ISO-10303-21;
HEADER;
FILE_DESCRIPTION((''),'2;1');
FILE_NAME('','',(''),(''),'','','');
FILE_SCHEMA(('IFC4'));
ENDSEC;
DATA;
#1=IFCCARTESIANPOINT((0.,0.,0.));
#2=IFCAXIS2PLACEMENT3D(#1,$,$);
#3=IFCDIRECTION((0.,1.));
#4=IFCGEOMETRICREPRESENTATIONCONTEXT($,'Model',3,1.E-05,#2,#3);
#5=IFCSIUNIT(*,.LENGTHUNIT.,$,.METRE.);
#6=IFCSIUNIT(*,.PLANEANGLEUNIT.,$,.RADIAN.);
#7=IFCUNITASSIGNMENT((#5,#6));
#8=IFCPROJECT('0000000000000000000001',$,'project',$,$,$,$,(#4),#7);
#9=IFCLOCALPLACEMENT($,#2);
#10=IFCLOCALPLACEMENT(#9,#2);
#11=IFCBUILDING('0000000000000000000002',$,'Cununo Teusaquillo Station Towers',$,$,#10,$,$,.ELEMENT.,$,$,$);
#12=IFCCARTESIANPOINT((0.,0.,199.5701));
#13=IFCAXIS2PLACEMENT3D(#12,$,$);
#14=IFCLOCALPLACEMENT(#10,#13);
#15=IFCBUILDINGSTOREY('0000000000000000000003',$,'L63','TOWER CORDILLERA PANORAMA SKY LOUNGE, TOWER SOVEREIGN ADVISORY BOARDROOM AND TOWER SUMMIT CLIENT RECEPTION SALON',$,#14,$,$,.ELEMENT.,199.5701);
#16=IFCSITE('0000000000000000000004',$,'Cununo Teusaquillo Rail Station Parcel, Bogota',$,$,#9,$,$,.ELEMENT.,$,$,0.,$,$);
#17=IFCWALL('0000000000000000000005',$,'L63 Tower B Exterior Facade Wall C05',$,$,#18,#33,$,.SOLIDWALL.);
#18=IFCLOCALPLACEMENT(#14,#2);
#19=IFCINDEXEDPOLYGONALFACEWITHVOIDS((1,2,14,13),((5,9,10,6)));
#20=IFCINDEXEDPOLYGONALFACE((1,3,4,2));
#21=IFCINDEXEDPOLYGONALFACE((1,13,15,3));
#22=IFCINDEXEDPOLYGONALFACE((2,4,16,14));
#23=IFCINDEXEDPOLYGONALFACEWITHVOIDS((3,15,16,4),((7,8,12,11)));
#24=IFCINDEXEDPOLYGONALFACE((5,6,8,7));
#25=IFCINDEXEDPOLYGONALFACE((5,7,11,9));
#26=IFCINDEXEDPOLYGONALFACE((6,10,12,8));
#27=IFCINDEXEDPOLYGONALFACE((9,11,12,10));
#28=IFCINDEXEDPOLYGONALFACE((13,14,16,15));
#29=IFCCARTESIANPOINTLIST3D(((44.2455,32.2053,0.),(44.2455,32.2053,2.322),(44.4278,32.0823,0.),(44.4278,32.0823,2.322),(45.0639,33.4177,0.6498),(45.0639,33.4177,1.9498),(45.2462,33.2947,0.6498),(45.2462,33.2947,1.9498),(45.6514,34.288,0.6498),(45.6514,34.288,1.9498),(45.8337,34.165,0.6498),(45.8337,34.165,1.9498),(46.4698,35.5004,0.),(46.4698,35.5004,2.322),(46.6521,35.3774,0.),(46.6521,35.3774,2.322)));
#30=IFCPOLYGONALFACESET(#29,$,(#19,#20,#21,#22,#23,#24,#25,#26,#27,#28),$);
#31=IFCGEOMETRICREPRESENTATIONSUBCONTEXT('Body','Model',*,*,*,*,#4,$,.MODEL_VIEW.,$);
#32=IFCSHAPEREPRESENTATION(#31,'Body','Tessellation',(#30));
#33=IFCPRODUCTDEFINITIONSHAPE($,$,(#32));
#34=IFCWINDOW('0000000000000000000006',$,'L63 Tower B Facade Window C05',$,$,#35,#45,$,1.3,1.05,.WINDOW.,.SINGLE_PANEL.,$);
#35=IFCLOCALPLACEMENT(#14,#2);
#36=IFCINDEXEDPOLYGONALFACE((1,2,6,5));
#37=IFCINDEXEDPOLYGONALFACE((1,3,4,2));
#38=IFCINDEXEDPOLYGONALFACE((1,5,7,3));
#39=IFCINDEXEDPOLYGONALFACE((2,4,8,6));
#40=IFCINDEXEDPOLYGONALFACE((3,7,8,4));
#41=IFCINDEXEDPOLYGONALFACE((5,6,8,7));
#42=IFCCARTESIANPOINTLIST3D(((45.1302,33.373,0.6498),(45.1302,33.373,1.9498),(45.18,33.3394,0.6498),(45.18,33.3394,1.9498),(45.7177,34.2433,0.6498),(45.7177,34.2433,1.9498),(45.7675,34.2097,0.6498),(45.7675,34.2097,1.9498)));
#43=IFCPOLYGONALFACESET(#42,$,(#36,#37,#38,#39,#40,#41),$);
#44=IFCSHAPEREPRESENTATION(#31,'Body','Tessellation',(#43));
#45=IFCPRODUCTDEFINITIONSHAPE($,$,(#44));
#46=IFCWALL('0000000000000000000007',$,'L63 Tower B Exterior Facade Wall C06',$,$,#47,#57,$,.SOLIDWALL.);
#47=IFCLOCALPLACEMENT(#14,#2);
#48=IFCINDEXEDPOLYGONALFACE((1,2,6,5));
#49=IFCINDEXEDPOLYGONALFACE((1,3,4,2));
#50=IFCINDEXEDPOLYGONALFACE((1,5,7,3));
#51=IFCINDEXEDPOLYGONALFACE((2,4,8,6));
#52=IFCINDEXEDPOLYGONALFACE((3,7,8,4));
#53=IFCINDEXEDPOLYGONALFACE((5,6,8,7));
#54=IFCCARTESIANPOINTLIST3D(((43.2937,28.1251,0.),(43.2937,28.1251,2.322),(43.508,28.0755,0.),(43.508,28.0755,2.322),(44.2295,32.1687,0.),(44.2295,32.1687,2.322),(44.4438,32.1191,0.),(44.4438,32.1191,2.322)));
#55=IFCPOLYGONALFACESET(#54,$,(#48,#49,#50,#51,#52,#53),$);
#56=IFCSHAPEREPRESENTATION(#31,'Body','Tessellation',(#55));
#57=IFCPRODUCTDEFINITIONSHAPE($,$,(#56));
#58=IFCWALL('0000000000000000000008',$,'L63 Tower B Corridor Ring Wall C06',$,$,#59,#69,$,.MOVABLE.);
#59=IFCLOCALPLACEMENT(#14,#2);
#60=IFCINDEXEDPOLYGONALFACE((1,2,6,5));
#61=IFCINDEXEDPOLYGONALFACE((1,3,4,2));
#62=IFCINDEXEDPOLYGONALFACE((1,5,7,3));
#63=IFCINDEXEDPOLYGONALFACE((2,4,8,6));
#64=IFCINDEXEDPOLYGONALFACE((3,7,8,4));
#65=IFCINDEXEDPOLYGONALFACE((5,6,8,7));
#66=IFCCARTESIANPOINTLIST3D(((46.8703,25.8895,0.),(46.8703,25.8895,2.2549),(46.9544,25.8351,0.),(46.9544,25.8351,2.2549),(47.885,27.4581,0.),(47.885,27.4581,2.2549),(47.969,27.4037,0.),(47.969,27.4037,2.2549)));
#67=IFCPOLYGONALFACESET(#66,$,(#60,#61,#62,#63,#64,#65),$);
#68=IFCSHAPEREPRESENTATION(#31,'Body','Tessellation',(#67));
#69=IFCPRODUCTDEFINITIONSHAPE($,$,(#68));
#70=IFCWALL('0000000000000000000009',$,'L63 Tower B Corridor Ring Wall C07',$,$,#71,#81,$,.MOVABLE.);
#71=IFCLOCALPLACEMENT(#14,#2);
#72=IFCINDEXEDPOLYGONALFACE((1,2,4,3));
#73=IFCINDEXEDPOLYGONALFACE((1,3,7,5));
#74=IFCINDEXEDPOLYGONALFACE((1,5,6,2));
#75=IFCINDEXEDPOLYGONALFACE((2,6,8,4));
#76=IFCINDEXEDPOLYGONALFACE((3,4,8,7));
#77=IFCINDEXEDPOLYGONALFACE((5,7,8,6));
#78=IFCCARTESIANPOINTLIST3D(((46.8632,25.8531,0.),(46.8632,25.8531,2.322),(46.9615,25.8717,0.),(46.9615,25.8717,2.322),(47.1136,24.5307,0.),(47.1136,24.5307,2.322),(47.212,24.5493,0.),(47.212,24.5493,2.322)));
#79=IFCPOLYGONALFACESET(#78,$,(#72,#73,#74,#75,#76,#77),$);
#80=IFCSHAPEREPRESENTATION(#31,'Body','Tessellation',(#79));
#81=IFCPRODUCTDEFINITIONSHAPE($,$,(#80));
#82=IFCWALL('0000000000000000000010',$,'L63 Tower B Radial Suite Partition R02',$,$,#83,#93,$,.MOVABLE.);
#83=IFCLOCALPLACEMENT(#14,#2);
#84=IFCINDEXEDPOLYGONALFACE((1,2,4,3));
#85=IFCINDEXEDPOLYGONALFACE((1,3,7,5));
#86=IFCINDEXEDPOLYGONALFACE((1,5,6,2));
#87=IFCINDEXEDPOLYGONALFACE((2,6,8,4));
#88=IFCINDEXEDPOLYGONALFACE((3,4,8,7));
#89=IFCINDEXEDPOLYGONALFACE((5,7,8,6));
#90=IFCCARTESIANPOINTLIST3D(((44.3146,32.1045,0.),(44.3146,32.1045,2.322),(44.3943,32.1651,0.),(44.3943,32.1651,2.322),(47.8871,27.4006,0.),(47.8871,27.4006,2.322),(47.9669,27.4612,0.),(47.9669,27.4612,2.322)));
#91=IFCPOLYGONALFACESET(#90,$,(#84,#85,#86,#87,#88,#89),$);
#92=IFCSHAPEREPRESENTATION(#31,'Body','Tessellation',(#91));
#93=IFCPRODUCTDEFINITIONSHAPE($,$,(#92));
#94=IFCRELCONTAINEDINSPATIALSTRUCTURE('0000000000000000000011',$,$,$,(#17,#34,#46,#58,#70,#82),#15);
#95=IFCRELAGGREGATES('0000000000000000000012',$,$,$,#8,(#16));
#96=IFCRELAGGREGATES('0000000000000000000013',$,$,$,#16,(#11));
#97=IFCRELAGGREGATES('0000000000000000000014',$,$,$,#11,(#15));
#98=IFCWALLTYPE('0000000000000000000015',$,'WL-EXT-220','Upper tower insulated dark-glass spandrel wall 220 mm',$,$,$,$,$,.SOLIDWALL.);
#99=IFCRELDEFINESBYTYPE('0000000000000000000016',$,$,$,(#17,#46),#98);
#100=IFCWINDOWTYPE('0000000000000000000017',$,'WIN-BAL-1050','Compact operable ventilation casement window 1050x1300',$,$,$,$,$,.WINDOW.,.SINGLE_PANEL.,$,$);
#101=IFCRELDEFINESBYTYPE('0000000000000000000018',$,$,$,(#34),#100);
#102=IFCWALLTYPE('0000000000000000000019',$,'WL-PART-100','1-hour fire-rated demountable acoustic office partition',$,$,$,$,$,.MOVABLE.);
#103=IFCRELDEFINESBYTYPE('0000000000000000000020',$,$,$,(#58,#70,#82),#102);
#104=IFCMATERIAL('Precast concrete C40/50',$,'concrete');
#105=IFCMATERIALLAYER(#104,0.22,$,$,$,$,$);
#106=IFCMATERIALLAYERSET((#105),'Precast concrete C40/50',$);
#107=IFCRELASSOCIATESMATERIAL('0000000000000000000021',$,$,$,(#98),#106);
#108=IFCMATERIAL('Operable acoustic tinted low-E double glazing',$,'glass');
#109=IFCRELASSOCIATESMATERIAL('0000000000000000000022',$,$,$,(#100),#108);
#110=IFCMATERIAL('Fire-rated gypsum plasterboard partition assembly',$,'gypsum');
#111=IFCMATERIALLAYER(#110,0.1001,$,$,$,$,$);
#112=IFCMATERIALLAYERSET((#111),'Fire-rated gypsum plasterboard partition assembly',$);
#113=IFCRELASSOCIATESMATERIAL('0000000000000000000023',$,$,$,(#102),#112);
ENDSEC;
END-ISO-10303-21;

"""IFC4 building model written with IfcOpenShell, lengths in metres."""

from ifc_helpers import new_model, si_unit, direction, frame, frame_2d, origin, place, context, subcontext, project, spatial, rectangle, extrude, source, transform, mapped, material, layer, layer_set, type_object, element, fill, save


model = new_model("IFC4")

# Units and contexts
model_context = context("Model", 3, precision=1e-05, world=origin(), true_north=direction((0.0, 1.0)))
body_context = subcontext(model_context, "Body", "Model", "MODEL_VIEW")
ifc_project = project(units=[si_unit("LENGTHUNIT", "METRE"), si_unit("PLANEANGLEUNIT", "RADIAN")], contexts=[model_context])

# Site, building, storey
site_placement = place(None, origin())
site = spatial("IfcSite", under=ifc_project, at=site_placement, Name="Cununo Teusaquillo Rail Station Parcel, Bogota", CompositionType="ELEMENT", RefElevation=0.0)
building_placement = place(site_placement, origin())
building = spatial("IfcBuilding", under=site, at=building_placement, Name="Cununo Teusaquillo Station Towers", CompositionType="ELEMENT")
storey_placement = place(building_placement, frame((0.0, 0.0, 199.5701)))
storey = spatial("IfcBuildingStorey", under=building, at=storey_placement, Name="L63", Description="TOWER CORDILLERA PANORAMA SKY LOUNGE, TOWER SOVEREIGN ADVISORY BOARDROOM AND TOWER SUMMIT CLIENT RECEPTION SALON", CompositionType="ELEMENT", Elevation=199.5701)

# Shared definitions
ifc_material_1 = material(Name="Precast concrete C40/50", Category="concrete")
ifc_layer_1 = layer(ifc_material_1, 0.22)
ifc_layer_set_1 = layer_set([ifc_layer_1], Name="Precast concrete C40/50")
wall_type_1 = type_object("IfcWallType", Name="WL-EXT-220", Description="Upper tower insulated dark-glass spandrel wall 220 mm", PredefinedType="SOLIDWALL", material=ifc_layer_set_1)

# Wall, opening, window
wall_1_placement = place(storey_placement, frame((44.3367, 32.1438, 0.0), z_axis=(0.0, 0.0, 1.0), x_axis=(0.559495, 0.828834, 0.0)))
wall_1 = element("IfcWall", 1, at=wall_1_placement, inside=storey, type_object=wall_type_1, Name="L63 Tower B Exterior Facade Wall C05", PredefinedType="SOLIDWALL", context=body_context, shape_type="SweptSolid", body=[
    extrude(rectangle(XDim=3.9756, YDim=0.22, at=frame_2d((1.9878, 0.0))), origin(), (0.0, 0.0, 1.0), 2.322),
])
shared_shape_1 = source(origin(), body_context, "Body", "SweptSolid", [
    extrude(rectangle(XDim=1.05, YDim=1.3, at=frame_2d((0.5249, 0.6499))), frame((0.0, 0.1199, 0.0), z_axis=(0.0, -1.0, 0.0), x_axis=(1.0, 0.0, 0.0)), (0.0, 0.0, 1.0), 0.24),
])
opening_placement = place(wall_1_placement, frame((1.4629, 0.0, 0.6499)))
opening = element("IfcOpeningElement", 2, at=opening_placement, cuts=wall_1, PredefinedType="OPENING", context=body_context, shape_type="MappedRepresentation", body=[
    mapped(shared_shape_1, transform((0.0, 0.0, 0.0), x_axis=(1.0, 0.0, 0.0), y_axis=(0.0, 1.0, 0.0), z_axis=(0.0, 0.0, 1.0), scale=1.0)),
])
ifc_material_2 = material(Name="Operable acoustic tinted low-E double glazing", Category="glass")
window_type = type_object("IfcWindowType", Name="WIN-BAL-1050", Description="Compact operable ventilation casement window 1050x1300", PartitioningType="SINGLE_PANEL", PredefinedType="WINDOW", material=ifc_material_2)
shared_shape_2 = source(origin(), body_context, "Body", "SweptSolid", [
    extrude(rectangle(XDim=1.05, YDim=1.3, at=frame_2d((0.5249, 0.6499))), frame((0.0, 0.03, 0.0), z_axis=(0.0, -1.0, 0.0), x_axis=(1.0, 0.0, 0.0)), (0.0, 0.0, 1.0), 0.0601),
])
window_placement = place(opening_placement, origin())
window = element("IfcWindow", 3, at=window_placement, inside=storey, type_object=window_type, Name="L63 Tower B Facade Window C05", OverallHeight=1.3, OverallWidth=1.05, PartitioningType="SINGLE_PANEL", PredefinedType="WINDOW", context=body_context, shape_type="MappedRepresentation", body=[
    mapped(shared_shape_2, transform((0.0, 0.0, 0.0), x_axis=(1.0, 0.0, 0.0), y_axis=(0.0, 1.0, 0.0), z_axis=(0.0, 0.0, 1.0), scale=1.0)),
])
fill(opening, window)

# Walls
wall_2_placement = place(storey_placement, frame((43.4009, 28.1003, 0.0), z_axis=(0.0, 0.0, 1.0), x_axis=(0.225474, 0.974249, 0.0)))
element("IfcWall", 4, at=wall_2_placement, inside=storey, type_object=wall_type_1, Name="L63 Tower B Exterior Facade Wall C06", PredefinedType="SOLIDWALL", context=body_context, shape_type="SweptSolid", body=[
    extrude(rectangle(XDim=4.1504, YDim=0.22, at=frame_2d((2.0752, 0.0))), origin(), (0.0, 0.0, 1.0), 2.322),
])
ifc_material_3 = material(Name="Fire-rated gypsum plasterboard partition assembly", Category="gypsum")
ifc_layer_2 = layer(ifc_material_3, 0.1001)
ifc_layer_set_2 = layer_set([ifc_layer_2], Name="Fire-rated gypsum plasterboard partition assembly")
wall_type_2 = type_object("IfcWallType", Name="WL-PART-100", Description="1-hour fire-rated demountable acoustic office partition", PredefinedType="MOVABLE", material=ifc_layer_set_2)
wall_3_placement = place(storey_placement, frame((47.927, 27.4309, 0.0), z_axis=(0.0, 0.0, 1.0), x_axis=(-0.543127, -0.839651, 0.0)))
element("IfcWall", 5, at=wall_3_placement, inside=storey, type_object=wall_type_2, Name="L63 Tower B Corridor Ring Wall C06", PredefinedType="MOVABLE", context=body_context, shape_type="SweptSolid", body=[
    extrude(rectangle(XDim=1.8682, YDim=0.1001, at=frame_2d((0.9341, 0.0))), origin(), (0.0, 0.0, 1.0), 2.2549),
])
wall_4_placement = place(storey_placement, frame((46.9124, 25.8623, 0.0), z_axis=(0.0, 0.0, 1.0), x_axis=(0.186095, -0.982532, 0.0)))
element("IfcWall", 6, at=wall_4_placement, inside=storey, type_object=wall_type_2, Name="L63 Tower B Corridor Ring Wall C07", PredefinedType="MOVABLE", context=body_context, shape_type="SweptSolid", body=[
    extrude(rectangle(XDim=1.3459, YDim=0.1001, at=frame_2d((0.6729, 0.0))), origin(), (0.0, 0.0, 1.0), 2.322),
])
wall_5_placement = place(storey_placement, frame((47.927, 27.4309, 0.0), z_axis=(0.0, 0.0, 1.0), x_axis=(-0.604823, 0.79636, 0.0)))
element("IfcWall", 7, at=wall_5_placement, inside=storey, type_object=wall_type_2, Name="L63 Tower B Radial Suite Partition R02", PredefinedType="MOVABLE", context=body_context, shape_type="SweptSolid", body=[
    extrude(rectangle(XDim=5.9067, YDim=0.1001, at=frame_2d((2.9534, 0.0))), origin(), (0.0, 0.0, 1.0), 2.322),
])

save(model, "model.ifc")
